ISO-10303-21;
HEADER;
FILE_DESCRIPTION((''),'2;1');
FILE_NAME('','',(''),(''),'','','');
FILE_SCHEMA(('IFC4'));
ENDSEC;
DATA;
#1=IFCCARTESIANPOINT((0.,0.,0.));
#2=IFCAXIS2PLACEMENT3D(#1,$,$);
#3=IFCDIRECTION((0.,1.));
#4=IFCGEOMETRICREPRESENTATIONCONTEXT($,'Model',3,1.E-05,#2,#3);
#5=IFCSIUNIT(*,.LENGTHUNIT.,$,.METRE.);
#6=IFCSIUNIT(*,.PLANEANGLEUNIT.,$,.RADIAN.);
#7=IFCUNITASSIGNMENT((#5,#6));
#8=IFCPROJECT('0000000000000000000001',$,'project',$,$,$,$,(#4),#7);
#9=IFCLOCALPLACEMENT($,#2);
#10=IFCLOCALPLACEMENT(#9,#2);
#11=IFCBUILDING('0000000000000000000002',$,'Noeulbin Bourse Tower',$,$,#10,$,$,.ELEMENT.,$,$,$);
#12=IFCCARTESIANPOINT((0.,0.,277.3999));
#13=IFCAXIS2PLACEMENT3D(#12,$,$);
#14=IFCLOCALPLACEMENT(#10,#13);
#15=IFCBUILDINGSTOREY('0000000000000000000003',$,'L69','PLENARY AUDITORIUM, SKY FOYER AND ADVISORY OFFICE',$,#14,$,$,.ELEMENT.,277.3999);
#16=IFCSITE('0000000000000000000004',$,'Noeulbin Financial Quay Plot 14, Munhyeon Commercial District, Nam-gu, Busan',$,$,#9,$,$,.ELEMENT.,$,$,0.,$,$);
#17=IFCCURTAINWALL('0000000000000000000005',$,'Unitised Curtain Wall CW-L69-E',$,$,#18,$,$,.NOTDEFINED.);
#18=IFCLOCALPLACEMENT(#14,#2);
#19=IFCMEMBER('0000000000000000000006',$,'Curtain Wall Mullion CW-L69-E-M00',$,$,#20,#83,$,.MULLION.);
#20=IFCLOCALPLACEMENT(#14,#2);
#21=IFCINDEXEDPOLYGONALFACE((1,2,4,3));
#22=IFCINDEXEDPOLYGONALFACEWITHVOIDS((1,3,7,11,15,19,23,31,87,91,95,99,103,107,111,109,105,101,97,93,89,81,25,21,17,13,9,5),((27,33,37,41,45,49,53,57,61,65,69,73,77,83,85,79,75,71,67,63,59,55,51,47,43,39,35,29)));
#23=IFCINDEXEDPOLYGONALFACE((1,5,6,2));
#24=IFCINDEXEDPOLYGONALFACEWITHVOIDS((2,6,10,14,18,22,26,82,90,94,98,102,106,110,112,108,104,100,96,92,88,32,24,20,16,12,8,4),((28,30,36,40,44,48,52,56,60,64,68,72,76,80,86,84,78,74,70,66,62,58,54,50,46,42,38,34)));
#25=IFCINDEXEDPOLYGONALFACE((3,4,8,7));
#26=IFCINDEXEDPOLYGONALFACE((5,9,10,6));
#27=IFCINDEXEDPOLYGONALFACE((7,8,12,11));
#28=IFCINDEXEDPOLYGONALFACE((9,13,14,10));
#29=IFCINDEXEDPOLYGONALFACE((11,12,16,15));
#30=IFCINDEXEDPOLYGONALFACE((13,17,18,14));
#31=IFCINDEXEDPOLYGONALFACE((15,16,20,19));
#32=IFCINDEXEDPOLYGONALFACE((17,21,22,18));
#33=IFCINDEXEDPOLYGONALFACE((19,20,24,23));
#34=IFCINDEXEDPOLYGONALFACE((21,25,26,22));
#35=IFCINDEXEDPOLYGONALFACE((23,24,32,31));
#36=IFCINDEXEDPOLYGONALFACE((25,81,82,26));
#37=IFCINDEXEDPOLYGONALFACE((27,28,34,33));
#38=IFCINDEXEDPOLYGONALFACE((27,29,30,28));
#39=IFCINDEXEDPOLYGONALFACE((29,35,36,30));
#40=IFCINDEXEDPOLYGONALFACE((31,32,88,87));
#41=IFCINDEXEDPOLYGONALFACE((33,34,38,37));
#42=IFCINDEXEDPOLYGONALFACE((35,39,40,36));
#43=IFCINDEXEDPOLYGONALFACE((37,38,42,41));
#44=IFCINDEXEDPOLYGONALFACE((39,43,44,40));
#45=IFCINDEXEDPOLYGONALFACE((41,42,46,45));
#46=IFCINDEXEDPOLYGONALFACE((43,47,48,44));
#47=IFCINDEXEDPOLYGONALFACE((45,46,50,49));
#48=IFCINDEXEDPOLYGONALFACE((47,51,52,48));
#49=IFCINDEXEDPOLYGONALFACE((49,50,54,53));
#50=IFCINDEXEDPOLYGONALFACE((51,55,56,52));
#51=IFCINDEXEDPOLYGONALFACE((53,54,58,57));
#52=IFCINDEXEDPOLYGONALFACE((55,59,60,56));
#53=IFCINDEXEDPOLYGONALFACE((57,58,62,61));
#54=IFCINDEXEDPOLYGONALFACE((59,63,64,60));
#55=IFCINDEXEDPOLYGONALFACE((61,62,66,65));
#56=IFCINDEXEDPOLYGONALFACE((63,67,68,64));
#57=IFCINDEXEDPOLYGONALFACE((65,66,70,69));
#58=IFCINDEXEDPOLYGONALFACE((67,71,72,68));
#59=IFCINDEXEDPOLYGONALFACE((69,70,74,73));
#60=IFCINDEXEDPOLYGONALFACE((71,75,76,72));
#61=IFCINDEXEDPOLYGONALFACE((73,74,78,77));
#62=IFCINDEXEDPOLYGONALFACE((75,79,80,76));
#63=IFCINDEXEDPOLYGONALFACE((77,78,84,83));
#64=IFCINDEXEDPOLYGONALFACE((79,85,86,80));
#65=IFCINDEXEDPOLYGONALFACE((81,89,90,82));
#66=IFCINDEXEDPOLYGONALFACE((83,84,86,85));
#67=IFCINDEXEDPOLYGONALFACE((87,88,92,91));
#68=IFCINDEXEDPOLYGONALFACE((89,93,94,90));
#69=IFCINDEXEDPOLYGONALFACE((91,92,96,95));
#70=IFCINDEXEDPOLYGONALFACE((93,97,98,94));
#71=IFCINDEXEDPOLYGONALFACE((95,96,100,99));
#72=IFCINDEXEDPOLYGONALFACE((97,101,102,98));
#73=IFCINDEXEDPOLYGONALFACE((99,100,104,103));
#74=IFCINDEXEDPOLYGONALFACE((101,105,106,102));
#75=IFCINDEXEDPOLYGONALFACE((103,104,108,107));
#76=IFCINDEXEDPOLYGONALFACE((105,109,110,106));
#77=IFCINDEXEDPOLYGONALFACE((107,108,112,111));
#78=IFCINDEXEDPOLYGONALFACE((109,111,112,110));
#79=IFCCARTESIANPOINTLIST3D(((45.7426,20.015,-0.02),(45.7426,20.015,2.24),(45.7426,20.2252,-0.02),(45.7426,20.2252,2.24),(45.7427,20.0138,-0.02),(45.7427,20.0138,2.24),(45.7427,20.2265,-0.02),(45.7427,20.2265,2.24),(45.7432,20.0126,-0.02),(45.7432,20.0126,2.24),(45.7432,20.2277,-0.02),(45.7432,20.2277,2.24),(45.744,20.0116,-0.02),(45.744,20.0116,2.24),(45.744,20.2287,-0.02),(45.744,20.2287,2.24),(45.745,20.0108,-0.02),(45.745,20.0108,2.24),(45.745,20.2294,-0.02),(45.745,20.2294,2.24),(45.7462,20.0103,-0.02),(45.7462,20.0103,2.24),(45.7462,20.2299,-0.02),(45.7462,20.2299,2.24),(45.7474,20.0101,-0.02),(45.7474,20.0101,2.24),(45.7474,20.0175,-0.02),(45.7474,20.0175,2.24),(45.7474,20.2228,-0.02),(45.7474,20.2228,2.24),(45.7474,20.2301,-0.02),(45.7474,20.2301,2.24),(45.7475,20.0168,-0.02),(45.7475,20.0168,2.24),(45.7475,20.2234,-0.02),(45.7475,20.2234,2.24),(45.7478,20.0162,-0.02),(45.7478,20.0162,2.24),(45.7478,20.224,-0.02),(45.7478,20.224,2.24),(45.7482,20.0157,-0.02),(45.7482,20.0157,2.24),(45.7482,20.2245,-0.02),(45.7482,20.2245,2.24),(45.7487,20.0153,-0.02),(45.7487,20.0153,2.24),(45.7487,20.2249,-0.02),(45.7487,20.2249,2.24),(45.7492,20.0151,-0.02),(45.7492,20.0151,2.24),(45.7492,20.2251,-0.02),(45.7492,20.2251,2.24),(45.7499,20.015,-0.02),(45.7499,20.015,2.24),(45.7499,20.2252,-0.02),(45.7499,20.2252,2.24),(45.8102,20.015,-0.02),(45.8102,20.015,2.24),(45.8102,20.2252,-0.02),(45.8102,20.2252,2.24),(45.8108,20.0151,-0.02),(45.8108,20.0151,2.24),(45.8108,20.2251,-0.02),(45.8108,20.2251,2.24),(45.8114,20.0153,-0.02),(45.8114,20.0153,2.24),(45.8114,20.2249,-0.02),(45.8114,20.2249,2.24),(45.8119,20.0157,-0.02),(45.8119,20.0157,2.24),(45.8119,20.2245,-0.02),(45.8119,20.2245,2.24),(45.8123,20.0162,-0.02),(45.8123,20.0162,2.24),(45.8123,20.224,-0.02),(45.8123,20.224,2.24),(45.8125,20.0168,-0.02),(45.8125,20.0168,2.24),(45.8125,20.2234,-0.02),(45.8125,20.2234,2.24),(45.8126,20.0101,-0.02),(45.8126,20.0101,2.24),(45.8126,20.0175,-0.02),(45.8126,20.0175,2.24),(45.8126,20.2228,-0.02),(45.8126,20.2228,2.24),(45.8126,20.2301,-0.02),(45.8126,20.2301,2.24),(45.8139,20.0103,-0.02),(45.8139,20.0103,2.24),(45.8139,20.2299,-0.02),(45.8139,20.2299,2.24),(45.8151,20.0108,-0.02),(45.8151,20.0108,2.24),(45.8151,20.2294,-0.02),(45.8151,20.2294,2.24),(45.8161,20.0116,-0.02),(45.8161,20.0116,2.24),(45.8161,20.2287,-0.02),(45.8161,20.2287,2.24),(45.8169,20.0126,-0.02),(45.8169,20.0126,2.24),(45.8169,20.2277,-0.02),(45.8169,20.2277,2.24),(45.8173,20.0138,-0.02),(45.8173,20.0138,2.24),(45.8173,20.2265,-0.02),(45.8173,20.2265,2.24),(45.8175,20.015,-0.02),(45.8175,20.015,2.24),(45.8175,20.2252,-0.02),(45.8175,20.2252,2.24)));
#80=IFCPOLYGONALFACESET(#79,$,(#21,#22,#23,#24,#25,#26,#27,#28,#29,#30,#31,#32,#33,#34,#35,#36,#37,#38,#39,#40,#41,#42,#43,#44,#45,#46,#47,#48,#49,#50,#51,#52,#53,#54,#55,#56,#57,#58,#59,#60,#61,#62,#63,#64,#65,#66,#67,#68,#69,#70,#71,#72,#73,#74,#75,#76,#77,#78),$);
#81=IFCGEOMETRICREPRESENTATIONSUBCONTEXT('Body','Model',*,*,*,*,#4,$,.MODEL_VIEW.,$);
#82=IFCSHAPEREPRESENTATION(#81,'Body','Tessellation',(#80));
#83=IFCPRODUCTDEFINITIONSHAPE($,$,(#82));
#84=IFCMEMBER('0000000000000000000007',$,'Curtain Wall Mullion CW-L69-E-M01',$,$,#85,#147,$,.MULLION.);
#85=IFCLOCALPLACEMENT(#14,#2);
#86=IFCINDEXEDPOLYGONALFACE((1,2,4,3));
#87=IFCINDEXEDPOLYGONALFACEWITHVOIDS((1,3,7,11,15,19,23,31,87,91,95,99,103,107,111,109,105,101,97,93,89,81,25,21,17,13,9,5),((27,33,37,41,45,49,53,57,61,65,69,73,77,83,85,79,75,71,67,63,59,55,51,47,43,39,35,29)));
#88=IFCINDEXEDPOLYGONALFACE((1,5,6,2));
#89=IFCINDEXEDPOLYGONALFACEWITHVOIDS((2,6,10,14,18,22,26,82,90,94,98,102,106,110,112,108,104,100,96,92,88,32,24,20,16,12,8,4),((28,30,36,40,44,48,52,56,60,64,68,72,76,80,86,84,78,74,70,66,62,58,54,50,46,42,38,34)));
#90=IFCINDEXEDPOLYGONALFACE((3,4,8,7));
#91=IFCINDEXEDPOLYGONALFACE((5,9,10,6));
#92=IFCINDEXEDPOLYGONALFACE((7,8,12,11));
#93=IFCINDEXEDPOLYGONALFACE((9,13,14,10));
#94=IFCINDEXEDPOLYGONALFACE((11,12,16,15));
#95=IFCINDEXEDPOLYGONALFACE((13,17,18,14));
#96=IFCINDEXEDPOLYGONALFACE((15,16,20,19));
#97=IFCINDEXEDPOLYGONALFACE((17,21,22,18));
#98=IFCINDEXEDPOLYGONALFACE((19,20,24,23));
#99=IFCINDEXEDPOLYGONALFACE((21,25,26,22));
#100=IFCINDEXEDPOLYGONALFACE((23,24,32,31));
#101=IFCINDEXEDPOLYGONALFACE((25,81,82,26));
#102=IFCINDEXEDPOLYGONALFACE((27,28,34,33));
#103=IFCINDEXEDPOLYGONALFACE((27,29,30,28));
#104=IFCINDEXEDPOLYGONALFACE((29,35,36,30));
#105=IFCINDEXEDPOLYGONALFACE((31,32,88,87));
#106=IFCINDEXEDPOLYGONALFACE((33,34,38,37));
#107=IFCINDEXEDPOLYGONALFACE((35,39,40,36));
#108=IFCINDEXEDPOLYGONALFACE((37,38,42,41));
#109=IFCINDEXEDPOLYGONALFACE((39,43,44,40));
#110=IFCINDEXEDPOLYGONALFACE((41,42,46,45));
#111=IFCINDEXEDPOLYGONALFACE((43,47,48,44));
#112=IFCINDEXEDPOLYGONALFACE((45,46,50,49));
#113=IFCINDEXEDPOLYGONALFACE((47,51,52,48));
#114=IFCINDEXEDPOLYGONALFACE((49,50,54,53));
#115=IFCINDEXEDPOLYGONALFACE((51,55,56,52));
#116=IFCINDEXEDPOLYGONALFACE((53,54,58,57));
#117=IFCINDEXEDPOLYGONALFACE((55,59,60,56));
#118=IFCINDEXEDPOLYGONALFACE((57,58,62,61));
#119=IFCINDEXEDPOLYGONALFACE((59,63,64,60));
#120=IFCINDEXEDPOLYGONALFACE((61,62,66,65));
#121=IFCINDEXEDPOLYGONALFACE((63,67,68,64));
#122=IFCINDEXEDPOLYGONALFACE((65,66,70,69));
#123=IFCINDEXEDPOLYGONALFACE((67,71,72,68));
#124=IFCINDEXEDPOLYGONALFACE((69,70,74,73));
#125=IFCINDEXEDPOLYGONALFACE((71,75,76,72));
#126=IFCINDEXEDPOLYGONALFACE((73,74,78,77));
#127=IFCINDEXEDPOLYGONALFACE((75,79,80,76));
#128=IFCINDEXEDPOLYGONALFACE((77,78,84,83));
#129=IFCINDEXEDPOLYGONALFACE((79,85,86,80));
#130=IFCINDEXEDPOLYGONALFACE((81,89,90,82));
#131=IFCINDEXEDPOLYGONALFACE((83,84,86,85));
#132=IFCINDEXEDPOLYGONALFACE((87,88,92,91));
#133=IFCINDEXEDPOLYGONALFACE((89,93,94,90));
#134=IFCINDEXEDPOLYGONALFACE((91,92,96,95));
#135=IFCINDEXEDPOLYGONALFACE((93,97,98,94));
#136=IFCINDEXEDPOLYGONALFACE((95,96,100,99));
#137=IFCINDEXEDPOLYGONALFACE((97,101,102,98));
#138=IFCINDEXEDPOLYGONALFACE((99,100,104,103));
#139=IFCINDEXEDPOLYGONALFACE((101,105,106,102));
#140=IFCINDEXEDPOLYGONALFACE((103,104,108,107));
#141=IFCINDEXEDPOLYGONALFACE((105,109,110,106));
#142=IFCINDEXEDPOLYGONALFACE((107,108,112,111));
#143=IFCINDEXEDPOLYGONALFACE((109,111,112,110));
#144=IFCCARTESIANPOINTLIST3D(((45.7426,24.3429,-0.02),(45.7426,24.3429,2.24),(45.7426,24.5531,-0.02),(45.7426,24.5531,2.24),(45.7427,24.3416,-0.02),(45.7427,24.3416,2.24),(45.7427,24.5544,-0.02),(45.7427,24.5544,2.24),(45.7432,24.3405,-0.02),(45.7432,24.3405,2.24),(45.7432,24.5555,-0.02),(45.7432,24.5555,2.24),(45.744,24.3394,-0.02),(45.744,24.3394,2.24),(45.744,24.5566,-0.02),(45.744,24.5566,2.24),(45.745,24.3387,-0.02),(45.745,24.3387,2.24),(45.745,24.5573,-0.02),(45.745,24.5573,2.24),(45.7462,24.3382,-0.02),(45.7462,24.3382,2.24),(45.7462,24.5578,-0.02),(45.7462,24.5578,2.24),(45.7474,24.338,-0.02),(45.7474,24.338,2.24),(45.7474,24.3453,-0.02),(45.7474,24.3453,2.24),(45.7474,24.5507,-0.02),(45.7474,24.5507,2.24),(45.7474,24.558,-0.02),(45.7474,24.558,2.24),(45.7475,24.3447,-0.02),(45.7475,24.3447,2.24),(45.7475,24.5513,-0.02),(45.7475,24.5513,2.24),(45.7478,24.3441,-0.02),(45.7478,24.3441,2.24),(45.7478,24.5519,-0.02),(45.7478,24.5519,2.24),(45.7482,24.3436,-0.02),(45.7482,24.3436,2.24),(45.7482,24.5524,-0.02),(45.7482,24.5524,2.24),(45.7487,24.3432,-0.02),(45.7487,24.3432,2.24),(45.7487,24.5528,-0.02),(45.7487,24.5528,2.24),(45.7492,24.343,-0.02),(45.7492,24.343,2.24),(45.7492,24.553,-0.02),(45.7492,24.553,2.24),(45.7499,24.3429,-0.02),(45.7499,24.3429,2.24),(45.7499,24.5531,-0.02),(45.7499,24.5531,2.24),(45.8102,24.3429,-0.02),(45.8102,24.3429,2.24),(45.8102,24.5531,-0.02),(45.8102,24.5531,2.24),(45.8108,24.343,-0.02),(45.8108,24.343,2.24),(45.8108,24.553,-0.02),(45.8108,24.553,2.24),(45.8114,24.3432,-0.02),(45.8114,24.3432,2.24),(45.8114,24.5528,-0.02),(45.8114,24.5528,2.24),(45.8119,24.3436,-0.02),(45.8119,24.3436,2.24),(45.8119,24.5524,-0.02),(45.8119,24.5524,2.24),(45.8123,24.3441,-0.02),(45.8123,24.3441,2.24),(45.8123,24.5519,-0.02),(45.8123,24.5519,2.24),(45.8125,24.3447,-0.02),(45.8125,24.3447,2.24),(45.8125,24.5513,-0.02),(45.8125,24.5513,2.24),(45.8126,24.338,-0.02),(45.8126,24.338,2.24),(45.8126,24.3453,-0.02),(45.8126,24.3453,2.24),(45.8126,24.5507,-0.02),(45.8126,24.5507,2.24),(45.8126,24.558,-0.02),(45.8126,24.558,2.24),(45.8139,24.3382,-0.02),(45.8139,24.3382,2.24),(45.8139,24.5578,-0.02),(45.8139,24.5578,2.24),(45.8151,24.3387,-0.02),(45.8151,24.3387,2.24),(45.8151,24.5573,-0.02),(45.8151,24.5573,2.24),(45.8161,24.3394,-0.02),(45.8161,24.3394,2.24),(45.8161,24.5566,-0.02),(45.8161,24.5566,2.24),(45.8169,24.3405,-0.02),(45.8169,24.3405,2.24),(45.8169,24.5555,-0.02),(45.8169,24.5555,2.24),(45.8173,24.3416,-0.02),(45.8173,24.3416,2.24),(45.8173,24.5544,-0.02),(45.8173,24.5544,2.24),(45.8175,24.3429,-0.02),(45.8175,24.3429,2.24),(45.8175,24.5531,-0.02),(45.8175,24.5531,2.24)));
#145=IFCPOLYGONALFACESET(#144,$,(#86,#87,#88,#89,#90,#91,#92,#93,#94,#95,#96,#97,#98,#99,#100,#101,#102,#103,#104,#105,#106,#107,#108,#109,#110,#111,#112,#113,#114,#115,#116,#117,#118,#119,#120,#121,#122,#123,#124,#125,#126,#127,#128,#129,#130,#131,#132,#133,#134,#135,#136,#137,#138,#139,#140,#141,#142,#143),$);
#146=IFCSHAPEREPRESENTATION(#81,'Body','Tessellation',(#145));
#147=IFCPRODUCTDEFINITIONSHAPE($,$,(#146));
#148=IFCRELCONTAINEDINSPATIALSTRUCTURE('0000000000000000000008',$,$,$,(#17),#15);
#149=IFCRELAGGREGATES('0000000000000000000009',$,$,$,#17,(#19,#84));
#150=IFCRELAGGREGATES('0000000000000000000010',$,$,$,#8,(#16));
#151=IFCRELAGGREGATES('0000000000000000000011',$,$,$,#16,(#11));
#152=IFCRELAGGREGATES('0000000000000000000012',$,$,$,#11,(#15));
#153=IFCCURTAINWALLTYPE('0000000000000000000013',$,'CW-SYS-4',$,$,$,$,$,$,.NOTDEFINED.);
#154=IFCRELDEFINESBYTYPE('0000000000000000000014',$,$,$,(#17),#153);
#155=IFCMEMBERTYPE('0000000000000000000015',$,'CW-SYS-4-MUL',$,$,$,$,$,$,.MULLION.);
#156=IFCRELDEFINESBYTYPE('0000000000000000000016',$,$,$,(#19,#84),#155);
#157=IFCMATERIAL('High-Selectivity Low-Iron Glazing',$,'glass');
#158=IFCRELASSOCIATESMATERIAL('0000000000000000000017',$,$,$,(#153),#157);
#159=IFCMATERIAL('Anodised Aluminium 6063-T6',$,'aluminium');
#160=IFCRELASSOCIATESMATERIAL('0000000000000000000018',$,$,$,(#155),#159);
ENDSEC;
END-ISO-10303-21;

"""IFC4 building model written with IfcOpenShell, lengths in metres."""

from ifc_helpers import new_model, si_unit, direction, frame, origin, origin_2d, place, context, subcontext, project, spatial, hollow_rectangle, extrude, material, material_profile, profile_set, type_object, element, aggregate, save


model = new_model("IFC4")

# Units and contexts
model_context = context("Model", 3, precision=1e-05, world=origin(), true_north=direction((0.0, 1.0)))
body_context = subcontext(model_context, "Body", "Model", "MODEL_VIEW")
ifc_project = project(units=[si_unit("LENGTHUNIT", "METRE"), si_unit("PLANEANGLEUNIT", "RADIAN")], contexts=[model_context])

# Site, building, storey
site_placement = place(None, origin())
site = spatial("IfcSite", under=ifc_project, at=site_placement, Name="Noeulbin Financial Quay Plot 14, Munhyeon Commercial District, Nam-gu, Busan", CompositionType="ELEMENT", RefElevation=0.0)
building_placement = place(site_placement, origin())
building = spatial("IfcBuilding", under=site, at=building_placement, Name="Noeulbin Bourse Tower", CompositionType="ELEMENT")
storey_placement = place(building_placement, frame((0.0, 0.0, 277.3999)))
storey = spatial("IfcBuildingStorey", under=building, at=storey_placement, Name="L69", Description="PLENARY AUDITORIUM, SKY FOYER AND ADVISORY OFFICE", CompositionType="ELEMENT", Elevation=277.3999)

# Curtain wall, members
ifc_material_1 = material(Name="High-Selectivity Low-Iron Glazing", Category="glass")
curtain_wall_type = type_object("IfcCurtainWallType", Name="CW-SYS-4", PredefinedType="NOTDEFINED", material=ifc_material_1)
ifc_material_2 = material(Name="Anodised Aluminium 6063-T6", Category="aluminium")
ifc_material_profile_1 = material_profile(ifc_material_2, hollow_rectangle(XDim=0.075, YDim=0.22, WallThickness=0.0049, InnerFilletRadius=0.0024, OuterFilletRadius=0.0049, at=origin_2d()), Name="ALU-MULL-75x220x5", Category="LoadBearing")
ifc_profile_set_1 = profile_set([ifc_material_profile_1], Name="Anodised Aluminium 6063-T6")
member_type_1 = type_object("IfcMemberType", Name="CW-SYS-4-MUL", PredefinedType="MULLION", material=ifc_profile_set_1)
curtain_wall_1_placement = place(storey_placement, origin())
curtain_wall_1 = element("IfcCurtainWall", 1, at=curtain_wall_1_placement, inside=storey, type_object=curtain_wall_type, Name="Unitised Curtain Wall CW-L69-E", PredefinedType="NOTDEFINED")
member_1_placement = place(storey_placement, frame((45.78, 20.1201, -0.02), z_axis=(0.0, 0.0, 1.0), x_axis=(1.0, 0.0, 0.0)))
member_1 = element("IfcMember", 2, at=member_1_placement, type_object=member_type_1, Name="Curtain Wall Mullion CW-L69-E-M00", PredefinedType="MULLION", context=body_context, shape_type="SweptSolid", body=[
    extrude(hollow_rectangle(XDim=0.075, YDim=0.22, WallThickness=0.0049, InnerFilletRadius=0.0024, OuterFilletRadius=0.0049, at=origin_2d()), origin(), (0.0, 0.0, 1.0), 2.26),
])
member_2_placement = place(storey_placement, frame((45.78, 24.448, -0.02), z_axis=(0.0, 0.0, 1.0), x_axis=(1.0, 0.0, 0.0)))
member_2 = element("IfcMember", 3, at=member_2_placement, type_object=member_type_1, Name="Curtain Wall Mullion CW-L69-E-M01", PredefinedType="MULLION", context=body_context, shape_type="SweptSolid", body=[
    extrude(hollow_rectangle(XDim=0.075, YDim=0.22, WallThickness=0.0049, InnerFilletRadius=0.0024, OuterFilletRadius=0.0049, at=origin_2d()), origin(), (0.0, 0.0, 1.0), 2.26),
])

aggregate(curtain_wall_1, [member_1, member_2])

save(model, "model.ifc")
